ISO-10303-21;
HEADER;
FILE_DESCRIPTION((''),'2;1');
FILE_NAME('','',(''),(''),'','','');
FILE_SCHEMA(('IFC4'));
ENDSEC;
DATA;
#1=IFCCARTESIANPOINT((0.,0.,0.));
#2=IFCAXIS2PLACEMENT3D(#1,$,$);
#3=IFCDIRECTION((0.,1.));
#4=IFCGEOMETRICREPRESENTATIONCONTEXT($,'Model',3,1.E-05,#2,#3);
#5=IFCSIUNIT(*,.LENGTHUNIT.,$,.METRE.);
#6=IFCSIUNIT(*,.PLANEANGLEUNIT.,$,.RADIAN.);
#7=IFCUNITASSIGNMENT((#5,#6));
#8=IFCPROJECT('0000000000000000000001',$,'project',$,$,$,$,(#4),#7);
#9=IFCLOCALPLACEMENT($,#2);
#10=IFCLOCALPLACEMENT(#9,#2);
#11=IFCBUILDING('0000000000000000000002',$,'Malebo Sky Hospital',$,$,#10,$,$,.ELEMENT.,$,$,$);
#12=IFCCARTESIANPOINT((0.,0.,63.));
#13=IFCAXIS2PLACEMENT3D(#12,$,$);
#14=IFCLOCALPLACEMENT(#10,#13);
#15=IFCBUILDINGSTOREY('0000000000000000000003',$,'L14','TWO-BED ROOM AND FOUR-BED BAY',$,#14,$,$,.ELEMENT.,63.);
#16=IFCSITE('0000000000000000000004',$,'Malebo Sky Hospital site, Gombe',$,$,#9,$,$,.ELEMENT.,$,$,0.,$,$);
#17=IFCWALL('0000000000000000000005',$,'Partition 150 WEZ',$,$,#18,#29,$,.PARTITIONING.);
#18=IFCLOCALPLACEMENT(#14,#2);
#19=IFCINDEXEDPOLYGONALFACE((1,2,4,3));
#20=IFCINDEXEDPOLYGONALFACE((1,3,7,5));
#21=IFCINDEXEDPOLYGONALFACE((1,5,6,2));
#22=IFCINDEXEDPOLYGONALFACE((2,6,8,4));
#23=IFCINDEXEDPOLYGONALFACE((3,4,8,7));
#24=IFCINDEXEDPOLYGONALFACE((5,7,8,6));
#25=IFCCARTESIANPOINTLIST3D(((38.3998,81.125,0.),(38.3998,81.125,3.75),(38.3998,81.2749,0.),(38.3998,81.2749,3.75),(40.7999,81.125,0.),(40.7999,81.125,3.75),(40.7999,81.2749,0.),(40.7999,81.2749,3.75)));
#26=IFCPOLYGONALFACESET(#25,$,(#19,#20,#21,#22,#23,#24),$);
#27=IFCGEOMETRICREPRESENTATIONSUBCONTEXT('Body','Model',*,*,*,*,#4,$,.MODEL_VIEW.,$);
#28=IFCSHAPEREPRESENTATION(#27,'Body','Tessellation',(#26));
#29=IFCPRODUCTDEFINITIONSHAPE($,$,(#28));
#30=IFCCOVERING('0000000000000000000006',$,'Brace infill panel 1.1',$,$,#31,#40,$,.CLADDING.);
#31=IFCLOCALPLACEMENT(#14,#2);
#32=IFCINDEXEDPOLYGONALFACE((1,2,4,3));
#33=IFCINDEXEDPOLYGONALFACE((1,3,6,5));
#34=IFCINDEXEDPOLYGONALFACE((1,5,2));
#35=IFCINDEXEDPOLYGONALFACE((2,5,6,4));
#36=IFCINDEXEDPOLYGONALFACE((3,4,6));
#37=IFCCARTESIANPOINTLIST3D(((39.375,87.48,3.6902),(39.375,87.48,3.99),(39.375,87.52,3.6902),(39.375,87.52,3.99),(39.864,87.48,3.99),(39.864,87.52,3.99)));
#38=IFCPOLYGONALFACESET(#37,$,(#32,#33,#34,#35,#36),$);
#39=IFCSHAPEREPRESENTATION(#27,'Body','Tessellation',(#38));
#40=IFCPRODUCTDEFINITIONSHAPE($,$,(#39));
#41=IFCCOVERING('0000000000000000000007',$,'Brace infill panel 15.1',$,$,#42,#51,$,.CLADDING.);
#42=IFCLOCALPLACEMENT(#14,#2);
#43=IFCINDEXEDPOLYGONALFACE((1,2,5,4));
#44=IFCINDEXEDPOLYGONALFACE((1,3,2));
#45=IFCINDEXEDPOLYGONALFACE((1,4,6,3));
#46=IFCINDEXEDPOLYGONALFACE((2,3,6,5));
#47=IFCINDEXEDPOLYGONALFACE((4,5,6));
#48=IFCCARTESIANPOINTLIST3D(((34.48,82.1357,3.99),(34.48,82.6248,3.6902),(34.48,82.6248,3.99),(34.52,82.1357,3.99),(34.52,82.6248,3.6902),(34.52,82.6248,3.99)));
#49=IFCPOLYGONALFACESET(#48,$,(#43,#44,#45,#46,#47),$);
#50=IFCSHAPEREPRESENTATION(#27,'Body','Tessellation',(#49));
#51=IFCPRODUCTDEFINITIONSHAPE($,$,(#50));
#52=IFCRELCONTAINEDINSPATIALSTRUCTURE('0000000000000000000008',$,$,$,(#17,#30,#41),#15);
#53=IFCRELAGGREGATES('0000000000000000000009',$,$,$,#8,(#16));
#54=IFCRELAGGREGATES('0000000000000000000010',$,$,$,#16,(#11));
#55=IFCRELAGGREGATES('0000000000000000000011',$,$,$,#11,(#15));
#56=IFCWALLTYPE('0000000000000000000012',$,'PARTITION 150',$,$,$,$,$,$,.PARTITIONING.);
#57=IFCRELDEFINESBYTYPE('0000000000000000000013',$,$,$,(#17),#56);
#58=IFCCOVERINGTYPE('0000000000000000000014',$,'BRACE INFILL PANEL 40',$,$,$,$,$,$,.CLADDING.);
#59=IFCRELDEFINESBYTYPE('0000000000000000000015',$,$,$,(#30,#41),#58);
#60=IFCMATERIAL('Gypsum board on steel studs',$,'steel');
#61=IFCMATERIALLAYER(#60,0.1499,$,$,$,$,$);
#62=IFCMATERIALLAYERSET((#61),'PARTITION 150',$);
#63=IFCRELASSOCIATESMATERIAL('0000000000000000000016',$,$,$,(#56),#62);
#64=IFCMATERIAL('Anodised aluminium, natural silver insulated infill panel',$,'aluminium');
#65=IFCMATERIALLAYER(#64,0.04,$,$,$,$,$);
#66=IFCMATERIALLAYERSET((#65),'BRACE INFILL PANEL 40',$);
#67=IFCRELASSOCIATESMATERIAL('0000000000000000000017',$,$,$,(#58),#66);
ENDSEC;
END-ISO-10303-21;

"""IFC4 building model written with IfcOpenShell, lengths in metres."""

from ifc_helpers import new_model, si_unit, direction, frame, frame_2d, origin, place, context, subcontext, project, spatial, polyline, rectangle, outline, extrude, material, layer, layer_set, type_object, element, save


model = new_model("IFC4")

# Units and contexts
model_context = context("Model", 3, precision=1e-05, world=origin(), true_north=direction((0.0, 1.0)))
body_context = subcontext(model_context, "Body", "Model", "MODEL_VIEW")
ifc_project = project(units=[si_unit("LENGTHUNIT", "METRE"), si_unit("PLANEANGLEUNIT", "RADIAN")], contexts=[model_context])

# Site, building, storey
site_placement = place(None, origin())
site = spatial("IfcSite", under=ifc_project, at=site_placement, Name="Malebo Sky Hospital site, Gombe", CompositionType="ELEMENT", RefElevation=0.0)
building_placement = place(site_placement, origin())
building = spatial("IfcBuilding", under=site, at=building_placement, Name="Malebo Sky Hospital", CompositionType="ELEMENT")
storey_placement = place(building_placement, frame((0.0, 0.0, 63.0)))
storey = spatial("IfcBuildingStorey", under=building, at=storey_placement, Name="L14", Description="TWO-BED ROOM AND FOUR-BED BAY", CompositionType="ELEMENT", Elevation=63.0)

# Shared definitions
ifc_material_1 = material(Name="Gypsum board on steel studs", Category="steel")

# Shared definitions
ifc_layer_1 = layer(ifc_material_1, 0.1499)
ifc_layer_set_1 = layer_set([ifc_layer_1], Name="PARTITION 150")
wall_type_1 = type_object("IfcWallType", Name="PARTITION 150", PredefinedType="PARTITIONING", material=ifc_layer_set_1)

# Wall
for number, where, z_axis, x_axis, name in (
    (1, (40.8, 81.2, 0.0), (0.0, 0.0, 1.0), (-1.0, 0.0, 0.0), "Partition 150 WEZ"),
):
    element("IfcWall", number, at=place(storey_placement, frame(where, z_axis=z_axis, x_axis=x_axis)), inside=storey, type_object=wall_type_1, Name=name, PredefinedType="PARTITIONING", context=body_context, shape_type="SweptSolid", body=[
        extrude(rectangle(XDim=2.4001, YDim=0.1499, at=frame_2d((1.2002, 0.0))), origin(), (0.0, 0.0, 1.0), 3.75),
    ])

# Coverings
ifc_material_2 = material(Name="Anodised aluminium, natural silver insulated infill panel", Category="aluminium")
ifc_layer_2 = layer(ifc_material_2, 0.04)
ifc_layer_set_2 = layer_set([ifc_layer_2], Name="BRACE INFILL PANEL 40")
covering_type = type_object("IfcCoveringType", Name="BRACE INFILL PANEL 40", PredefinedType="CLADDING", material=ifc_layer_set_2)
covering_1_placement = place(storey_placement, frame((39.6196, 87.5, 3.6902), z_axis=(0.0, 0.0, 1.0), x_axis=(1.0, 0.0, 0.0)))
element("IfcCovering", 2, at=covering_1_placement, inside=storey, type_object=covering_type, Name="Brace infill panel 1.1", PredefinedType="CLADDING", context=body_context, shape_type="SweptSolid", body=[
    extrude(outline(polyline([(-0.2446, 0.0), (0.2444, 0.2998), (-0.2446, 0.2998), (-0.2446, 0.0)])), frame((0.0, 0.02, 0.0), z_axis=(0.0, -1.0, 0.0), x_axis=(1.0, 0.0, 0.0)), (0.0, 0.0, 1.0), 0.04),
])
covering_2_placement = place(storey_placement, frame((34.5, 82.3804, 3.6902), z_axis=(0.0, 0.0, 1.0), x_axis=(0.0, 1.0, 0.0)))
element("IfcCovering", 3, at=covering_2_placement, inside=storey, type_object=covering_type, Name="Brace infill panel 15.1", PredefinedType="CLADDING", context=body_context, shape_type="SweptSolid", body=[
    extrude(outline(polyline([(0.2444, 0.0), (0.2444, 0.2998), (-0.2446, 0.2998), (0.2444, 0.0)])), frame((0.0, 0.02, 0.0), z_axis=(0.0, -1.0, 0.0), x_axis=(1.0, 0.0, 0.0)), (0.0, 0.0, 1.0), 0.04),
])

save(model, "model.ifc")
